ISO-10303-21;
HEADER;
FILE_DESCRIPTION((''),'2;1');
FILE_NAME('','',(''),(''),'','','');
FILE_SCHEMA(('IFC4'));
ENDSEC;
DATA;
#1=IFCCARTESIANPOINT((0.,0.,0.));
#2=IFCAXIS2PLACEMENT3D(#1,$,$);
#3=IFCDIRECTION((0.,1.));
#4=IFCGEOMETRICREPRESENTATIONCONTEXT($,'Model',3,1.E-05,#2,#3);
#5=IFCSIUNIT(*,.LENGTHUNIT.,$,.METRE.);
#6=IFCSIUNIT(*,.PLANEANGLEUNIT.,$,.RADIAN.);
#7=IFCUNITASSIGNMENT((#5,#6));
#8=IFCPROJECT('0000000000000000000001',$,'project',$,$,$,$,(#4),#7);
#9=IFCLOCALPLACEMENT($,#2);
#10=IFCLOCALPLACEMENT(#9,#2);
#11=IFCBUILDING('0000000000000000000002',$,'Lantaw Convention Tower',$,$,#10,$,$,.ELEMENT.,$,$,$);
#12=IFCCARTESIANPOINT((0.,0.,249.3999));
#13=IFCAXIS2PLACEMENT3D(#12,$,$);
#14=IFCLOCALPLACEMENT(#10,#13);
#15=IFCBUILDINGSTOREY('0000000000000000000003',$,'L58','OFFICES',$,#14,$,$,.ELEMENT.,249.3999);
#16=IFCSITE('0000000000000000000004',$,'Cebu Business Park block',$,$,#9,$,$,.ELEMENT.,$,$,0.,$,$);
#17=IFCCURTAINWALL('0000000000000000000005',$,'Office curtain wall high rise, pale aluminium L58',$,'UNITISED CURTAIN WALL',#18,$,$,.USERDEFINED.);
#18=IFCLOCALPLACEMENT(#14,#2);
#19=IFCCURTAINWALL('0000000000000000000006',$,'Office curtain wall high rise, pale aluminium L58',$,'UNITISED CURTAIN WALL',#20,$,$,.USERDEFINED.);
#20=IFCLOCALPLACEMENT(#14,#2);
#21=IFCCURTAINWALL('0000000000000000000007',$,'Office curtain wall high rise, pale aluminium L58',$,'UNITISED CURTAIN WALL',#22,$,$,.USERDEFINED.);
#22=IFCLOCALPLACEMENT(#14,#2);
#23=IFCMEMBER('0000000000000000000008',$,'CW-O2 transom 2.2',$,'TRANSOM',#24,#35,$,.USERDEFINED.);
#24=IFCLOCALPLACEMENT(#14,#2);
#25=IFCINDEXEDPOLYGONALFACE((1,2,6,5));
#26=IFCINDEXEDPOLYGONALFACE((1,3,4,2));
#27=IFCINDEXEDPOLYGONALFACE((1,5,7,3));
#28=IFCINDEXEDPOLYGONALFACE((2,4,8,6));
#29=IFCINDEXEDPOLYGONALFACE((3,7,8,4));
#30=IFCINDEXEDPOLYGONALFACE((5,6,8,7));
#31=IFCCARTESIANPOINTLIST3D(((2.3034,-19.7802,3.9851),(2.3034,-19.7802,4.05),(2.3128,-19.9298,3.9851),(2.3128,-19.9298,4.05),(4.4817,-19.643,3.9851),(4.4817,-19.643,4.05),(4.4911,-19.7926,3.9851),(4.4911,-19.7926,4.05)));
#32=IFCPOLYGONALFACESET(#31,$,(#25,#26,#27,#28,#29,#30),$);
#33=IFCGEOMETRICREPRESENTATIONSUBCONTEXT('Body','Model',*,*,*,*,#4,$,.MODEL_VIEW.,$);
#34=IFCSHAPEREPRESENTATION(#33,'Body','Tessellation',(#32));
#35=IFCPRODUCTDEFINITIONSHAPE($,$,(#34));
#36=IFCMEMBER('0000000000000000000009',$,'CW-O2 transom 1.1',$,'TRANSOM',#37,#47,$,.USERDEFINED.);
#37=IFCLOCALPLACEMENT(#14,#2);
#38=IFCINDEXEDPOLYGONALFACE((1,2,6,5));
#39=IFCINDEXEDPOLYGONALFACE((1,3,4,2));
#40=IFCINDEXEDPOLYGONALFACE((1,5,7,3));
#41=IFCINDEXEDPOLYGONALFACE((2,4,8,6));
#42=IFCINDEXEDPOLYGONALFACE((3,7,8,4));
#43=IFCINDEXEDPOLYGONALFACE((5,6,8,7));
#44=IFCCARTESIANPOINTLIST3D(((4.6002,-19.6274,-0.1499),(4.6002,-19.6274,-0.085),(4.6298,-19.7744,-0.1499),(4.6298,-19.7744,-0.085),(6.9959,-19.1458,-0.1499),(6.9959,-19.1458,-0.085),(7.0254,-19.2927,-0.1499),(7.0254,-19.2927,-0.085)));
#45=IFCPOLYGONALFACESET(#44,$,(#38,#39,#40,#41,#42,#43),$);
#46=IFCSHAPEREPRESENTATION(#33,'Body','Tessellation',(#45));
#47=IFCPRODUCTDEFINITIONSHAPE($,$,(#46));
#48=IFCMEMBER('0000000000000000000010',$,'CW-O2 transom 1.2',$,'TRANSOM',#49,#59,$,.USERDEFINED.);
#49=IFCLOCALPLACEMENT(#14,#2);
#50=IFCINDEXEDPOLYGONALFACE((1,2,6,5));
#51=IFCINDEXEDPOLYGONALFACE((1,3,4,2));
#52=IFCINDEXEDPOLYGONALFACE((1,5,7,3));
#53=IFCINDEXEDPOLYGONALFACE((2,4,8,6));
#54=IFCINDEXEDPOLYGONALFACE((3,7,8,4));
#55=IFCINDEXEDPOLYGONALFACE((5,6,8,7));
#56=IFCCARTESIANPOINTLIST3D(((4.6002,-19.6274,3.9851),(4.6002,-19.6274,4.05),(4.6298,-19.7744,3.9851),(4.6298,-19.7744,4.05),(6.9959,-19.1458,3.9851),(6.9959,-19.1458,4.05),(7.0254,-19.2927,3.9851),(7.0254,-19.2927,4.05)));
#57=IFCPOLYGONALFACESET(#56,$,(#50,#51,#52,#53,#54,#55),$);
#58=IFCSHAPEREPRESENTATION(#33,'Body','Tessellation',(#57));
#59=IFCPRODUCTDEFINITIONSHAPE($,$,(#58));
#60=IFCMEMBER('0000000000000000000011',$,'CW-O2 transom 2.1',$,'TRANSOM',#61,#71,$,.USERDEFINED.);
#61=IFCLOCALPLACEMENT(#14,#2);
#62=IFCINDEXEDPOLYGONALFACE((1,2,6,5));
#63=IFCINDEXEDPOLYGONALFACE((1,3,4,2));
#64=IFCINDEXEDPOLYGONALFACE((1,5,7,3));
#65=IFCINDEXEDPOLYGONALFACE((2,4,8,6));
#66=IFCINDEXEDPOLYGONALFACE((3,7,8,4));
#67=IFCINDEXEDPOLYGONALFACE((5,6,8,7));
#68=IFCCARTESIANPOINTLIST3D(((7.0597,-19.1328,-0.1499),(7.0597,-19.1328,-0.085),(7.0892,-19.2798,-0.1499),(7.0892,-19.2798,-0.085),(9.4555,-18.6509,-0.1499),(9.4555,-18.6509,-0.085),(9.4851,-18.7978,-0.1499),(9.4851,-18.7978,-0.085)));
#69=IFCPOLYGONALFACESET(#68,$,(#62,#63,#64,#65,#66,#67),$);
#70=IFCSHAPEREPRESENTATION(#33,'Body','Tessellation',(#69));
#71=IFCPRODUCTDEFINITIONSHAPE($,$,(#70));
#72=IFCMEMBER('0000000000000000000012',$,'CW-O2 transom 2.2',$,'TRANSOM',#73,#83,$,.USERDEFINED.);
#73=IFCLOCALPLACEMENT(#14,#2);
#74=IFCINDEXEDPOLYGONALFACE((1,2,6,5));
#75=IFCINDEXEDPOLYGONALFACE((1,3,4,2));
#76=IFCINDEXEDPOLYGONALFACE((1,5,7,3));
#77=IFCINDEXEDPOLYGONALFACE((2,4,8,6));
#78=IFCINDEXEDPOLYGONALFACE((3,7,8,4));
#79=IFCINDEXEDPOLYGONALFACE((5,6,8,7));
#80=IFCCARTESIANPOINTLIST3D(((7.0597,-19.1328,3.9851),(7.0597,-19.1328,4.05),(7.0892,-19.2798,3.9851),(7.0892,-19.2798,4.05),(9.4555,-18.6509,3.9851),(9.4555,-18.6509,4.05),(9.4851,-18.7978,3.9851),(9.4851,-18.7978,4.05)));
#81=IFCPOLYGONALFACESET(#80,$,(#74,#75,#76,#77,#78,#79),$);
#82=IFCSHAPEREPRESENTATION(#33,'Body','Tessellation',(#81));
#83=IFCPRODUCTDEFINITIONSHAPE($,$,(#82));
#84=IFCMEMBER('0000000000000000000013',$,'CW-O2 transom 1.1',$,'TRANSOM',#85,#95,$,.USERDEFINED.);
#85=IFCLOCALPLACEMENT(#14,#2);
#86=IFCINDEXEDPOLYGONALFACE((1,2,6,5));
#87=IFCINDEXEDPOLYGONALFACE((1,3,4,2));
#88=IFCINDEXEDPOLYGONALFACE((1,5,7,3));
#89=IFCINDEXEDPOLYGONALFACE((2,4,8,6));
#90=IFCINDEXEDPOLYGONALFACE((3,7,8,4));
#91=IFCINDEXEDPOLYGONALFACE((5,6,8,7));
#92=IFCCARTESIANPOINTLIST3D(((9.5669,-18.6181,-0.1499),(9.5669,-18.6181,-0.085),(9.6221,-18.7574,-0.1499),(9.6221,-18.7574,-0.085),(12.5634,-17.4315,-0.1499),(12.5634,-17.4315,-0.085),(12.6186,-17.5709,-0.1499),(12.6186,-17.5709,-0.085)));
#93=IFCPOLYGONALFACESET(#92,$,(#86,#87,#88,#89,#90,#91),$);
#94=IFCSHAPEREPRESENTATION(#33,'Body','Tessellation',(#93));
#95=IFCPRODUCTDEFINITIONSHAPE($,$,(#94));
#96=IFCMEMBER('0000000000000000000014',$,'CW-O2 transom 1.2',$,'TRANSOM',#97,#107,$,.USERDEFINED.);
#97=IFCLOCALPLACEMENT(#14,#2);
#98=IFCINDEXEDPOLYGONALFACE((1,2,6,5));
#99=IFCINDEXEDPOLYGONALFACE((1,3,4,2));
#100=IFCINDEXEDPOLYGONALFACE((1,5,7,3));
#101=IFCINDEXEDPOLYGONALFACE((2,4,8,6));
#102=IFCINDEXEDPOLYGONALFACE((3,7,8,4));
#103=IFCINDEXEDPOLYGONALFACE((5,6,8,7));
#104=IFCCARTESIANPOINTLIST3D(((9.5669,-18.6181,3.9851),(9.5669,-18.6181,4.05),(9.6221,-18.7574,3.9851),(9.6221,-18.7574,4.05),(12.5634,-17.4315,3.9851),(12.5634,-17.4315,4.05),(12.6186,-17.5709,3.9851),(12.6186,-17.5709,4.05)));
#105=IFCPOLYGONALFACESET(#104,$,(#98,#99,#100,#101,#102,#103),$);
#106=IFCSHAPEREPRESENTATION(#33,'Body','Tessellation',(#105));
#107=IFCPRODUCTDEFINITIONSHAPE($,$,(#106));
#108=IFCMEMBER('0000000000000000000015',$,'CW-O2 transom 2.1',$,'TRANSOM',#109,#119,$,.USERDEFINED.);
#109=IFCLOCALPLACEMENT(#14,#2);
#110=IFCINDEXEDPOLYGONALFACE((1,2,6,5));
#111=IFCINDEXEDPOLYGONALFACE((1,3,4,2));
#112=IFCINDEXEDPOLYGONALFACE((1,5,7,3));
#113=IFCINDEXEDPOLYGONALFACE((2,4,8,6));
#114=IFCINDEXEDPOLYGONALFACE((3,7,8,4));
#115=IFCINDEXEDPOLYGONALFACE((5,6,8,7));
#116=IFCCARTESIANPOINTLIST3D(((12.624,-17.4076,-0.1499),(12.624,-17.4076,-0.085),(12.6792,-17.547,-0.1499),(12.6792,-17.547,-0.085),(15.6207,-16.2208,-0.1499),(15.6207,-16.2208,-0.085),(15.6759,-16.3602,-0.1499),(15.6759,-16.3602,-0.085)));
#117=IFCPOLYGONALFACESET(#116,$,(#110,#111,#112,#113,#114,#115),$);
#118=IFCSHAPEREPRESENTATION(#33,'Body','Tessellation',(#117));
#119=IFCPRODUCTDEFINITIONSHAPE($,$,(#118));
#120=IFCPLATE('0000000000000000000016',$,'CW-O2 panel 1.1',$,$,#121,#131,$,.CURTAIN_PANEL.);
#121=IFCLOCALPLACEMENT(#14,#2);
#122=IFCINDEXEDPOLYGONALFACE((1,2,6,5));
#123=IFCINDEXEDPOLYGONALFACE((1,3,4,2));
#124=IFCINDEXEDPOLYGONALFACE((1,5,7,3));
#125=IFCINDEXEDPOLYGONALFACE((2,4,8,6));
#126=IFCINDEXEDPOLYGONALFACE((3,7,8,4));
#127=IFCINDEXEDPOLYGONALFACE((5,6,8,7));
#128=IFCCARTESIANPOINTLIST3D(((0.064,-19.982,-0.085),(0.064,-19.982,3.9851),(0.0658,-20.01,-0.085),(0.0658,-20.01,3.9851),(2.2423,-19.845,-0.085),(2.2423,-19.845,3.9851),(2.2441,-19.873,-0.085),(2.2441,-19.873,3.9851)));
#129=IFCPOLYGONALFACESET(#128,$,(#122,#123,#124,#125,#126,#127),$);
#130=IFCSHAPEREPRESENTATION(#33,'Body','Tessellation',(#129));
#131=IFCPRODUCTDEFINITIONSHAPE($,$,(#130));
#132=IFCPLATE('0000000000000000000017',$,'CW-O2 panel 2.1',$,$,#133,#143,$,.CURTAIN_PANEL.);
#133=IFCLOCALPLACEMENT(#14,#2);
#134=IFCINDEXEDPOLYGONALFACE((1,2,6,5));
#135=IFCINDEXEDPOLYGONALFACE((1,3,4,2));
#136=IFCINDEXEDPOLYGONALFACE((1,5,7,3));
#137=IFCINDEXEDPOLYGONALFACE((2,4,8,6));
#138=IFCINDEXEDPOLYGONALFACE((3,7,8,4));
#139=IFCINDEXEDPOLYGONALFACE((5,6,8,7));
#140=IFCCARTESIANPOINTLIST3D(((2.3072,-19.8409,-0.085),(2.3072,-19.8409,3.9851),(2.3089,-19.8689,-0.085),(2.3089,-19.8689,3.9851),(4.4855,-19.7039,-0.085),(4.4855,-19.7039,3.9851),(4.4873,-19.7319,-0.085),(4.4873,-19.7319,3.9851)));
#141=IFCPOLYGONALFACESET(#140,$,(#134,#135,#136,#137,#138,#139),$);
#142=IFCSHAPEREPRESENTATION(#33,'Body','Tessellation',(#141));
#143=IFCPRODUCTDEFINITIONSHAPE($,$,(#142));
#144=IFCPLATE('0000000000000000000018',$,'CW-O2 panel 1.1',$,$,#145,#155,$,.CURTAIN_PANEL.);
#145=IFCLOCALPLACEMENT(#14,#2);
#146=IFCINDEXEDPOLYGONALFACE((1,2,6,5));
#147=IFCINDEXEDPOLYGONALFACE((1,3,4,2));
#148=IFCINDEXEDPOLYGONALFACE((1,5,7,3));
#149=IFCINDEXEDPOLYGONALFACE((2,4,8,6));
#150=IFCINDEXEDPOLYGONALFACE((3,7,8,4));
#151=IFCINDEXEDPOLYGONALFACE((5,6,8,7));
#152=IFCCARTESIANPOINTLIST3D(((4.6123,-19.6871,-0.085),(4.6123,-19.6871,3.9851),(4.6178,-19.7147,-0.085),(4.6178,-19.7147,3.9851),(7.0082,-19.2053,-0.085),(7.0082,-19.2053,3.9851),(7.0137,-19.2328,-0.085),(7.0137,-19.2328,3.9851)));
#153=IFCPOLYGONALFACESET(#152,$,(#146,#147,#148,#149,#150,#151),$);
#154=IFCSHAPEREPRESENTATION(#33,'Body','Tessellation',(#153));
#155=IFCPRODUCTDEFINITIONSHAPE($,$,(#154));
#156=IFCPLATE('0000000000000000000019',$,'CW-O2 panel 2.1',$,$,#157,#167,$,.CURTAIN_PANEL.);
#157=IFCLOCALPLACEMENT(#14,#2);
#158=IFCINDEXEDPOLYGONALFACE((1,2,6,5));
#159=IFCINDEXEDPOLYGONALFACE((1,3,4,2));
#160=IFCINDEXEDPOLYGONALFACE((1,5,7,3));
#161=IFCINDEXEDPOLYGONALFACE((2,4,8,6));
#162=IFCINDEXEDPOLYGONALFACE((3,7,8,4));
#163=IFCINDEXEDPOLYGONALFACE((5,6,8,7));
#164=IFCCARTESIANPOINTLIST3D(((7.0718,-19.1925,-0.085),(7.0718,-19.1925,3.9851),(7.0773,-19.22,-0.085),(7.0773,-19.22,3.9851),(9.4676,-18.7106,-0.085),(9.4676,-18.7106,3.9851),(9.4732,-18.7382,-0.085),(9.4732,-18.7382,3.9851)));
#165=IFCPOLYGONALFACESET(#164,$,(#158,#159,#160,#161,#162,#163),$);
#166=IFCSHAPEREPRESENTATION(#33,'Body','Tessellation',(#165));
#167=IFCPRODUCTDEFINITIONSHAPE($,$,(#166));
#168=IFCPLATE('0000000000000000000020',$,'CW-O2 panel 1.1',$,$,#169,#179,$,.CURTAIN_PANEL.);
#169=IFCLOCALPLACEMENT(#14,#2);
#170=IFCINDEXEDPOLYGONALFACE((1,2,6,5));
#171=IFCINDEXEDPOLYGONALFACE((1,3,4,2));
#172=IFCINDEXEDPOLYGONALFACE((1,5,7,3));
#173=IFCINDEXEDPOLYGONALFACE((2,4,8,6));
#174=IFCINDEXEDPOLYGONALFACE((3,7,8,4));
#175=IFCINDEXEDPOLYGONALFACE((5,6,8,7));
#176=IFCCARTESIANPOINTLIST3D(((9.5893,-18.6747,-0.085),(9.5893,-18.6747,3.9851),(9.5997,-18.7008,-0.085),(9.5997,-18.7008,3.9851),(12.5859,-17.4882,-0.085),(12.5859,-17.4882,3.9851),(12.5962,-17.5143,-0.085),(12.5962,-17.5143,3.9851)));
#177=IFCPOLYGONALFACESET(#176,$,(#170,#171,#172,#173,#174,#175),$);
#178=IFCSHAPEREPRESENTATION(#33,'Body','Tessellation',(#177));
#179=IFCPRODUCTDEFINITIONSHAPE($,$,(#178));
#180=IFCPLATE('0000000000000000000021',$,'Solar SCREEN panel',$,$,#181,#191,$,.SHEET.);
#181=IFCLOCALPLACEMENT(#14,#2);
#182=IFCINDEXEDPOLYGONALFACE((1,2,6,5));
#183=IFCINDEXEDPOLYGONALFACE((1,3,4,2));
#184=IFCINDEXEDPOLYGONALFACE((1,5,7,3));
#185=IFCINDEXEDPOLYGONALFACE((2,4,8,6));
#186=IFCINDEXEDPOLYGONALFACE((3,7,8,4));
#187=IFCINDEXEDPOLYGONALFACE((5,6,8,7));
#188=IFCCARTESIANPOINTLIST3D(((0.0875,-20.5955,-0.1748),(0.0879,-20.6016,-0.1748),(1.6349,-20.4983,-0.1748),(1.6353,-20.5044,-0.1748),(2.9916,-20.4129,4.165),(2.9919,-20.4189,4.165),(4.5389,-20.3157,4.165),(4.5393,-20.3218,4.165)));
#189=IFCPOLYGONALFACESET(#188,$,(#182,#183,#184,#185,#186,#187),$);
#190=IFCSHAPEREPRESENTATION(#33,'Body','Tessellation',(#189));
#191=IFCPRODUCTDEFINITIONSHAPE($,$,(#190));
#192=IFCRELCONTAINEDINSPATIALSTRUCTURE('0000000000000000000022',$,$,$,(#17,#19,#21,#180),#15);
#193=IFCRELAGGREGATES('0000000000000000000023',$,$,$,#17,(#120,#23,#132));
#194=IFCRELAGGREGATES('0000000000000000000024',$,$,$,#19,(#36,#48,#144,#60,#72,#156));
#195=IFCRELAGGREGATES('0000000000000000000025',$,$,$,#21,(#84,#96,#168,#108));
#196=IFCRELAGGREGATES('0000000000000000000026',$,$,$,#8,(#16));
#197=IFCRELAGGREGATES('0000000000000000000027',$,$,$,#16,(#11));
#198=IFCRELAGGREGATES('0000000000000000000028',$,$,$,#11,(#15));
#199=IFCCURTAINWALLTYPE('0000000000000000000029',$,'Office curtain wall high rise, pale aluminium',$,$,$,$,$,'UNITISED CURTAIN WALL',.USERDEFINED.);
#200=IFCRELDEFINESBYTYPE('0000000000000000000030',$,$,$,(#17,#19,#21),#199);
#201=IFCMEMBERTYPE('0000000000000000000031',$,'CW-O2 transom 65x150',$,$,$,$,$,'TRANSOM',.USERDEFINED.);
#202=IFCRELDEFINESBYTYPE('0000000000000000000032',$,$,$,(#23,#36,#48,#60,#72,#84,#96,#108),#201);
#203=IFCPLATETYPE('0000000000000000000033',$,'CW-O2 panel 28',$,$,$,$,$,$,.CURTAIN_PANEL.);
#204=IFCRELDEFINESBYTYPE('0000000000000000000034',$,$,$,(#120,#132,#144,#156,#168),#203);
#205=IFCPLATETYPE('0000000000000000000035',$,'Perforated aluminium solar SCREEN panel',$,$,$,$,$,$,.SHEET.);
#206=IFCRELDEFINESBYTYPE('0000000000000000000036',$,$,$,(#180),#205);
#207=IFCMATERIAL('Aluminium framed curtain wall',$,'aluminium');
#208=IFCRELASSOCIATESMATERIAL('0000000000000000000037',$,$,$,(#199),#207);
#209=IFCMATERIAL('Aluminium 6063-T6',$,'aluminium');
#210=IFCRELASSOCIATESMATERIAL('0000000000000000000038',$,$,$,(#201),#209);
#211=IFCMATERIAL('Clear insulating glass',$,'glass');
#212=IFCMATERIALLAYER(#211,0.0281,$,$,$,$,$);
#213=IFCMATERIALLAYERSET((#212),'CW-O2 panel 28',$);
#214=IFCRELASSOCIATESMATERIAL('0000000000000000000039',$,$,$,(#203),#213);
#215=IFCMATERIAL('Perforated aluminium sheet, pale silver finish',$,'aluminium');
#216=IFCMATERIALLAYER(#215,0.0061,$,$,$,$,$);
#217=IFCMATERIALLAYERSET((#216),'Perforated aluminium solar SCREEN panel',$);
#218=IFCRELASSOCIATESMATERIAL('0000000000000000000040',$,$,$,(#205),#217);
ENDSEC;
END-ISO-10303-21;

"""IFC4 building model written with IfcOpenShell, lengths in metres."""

from ifc_helpers import new_model, si_unit, direction, frame, origin, origin_2d, place, context, subcontext, project, spatial, polyline, rectangle, outline, extrude, material, layer, layer_set, material_profile, profile_set, type_object, element, aggregate, save


model = new_model("IFC4")

# Units and contexts
model_context = context("Model", 3, precision=1e-05, world=origin(), true_north=direction((0.0, 1.0)))
body_context = subcontext(model_context, "Body", "Model", "MODEL_VIEW")
ifc_project = project(units=[si_unit("LENGTHUNIT", "METRE"), si_unit("PLANEANGLEUNIT", "RADIAN")], contexts=[model_context])

# Site, building, storey
site_placement = place(None, origin())
site = spatial("IfcSite", under=ifc_project, at=site_placement, Name="Cebu Business Park block", CompositionType="ELEMENT", RefElevation=0.0)
building_placement = place(site_placement, origin())
building = spatial("IfcBuilding", under=site, at=building_placement, Name="Lantaw Convention Tower", CompositionType="ELEMENT")
storey_placement = place(building_placement, frame((0.0, 0.0, 249.3999)))
storey = spatial("IfcBuildingStorey", under=building, at=storey_placement, Name="L58", Description="OFFICES", CompositionType="ELEMENT", Elevation=249.3999)

# Curtain walls
ifc_material_1 = material(Name="Aluminium framed curtain wall", Category="aluminium")
curtain_wall_type = type_object("IfcCurtainWallType", Name="Office curtain wall high rise, pale aluminium", ElementType="UNITISED CURTAIN WALL", PredefinedType="USERDEFINED", material=ifc_material_1)
curtain_wall_1_placement = place(storey_placement, origin())
curtain_wall_1 = element("IfcCurtainWall", 1, at=curtain_wall_1_placement, inside=storey, type_object=curtain_wall_type, Name="Office curtain wall high rise, pale aluminium L58", ObjectType="UNITISED CURTAIN WALL", PredefinedType="USERDEFINED")
ifc_material_2 = material(Name="Aluminium 6063-T6", Category="aluminium")
curtain_wall_2_placement = place(storey_placement, origin())
curtain_wall_2 = element("IfcCurtainWall", 2, at=curtain_wall_2_placement, inside=storey, type_object=curtain_wall_type, Name="Office curtain wall high rise, pale aluminium L58", ObjectType="UNITISED CURTAIN WALL", PredefinedType="USERDEFINED")
curtain_wall_3_placement = place(storey_placement, origin())
curtain_wall_3 = element("IfcCurtainWall", 3, at=curtain_wall_3_placement, inside=storey, type_object=curtain_wall_type, Name="Office curtain wall high rise, pale aluminium L58", ObjectType="UNITISED CURTAIN WALL", PredefinedType="USERDEFINED")

# Members
ifc_material_profile_1 = material_profile(ifc_material_2, rectangle(XDim=0.1499, YDim=0.0649, at=origin_2d()), Name="CW-O2 transom 65x150")
ifc_profile_set_1 = profile_set([ifc_material_profile_1], Name="Aluminium 6063-T6")
member_type_1 = type_object("IfcMemberType", Name="CW-O2 transom 65x150", ElementType="TRANSOM", PredefinedType="USERDEFINED", material=ifc_profile_set_1)
member_1_placement = place(storey_placement, frame((2.3081, -19.855, 4.0176), z_axis=(0.998022, 0.062866, 0.0), x_axis=(-0.062866, 0.998022, 0.0)))
member_1 = element("IfcMember", 4, at=member_1_placement, type_object=member_type_1, Name="CW-O2 transom 2.2", ObjectType="TRANSOM", PredefinedType="USERDEFINED", context=body_context, shape_type="SweptSolid", body=[
    extrude(rectangle(XDim=0.1499, YDim=0.0649, at=origin_2d()), origin(), (0.0, 0.0, 1.0), 2.1826),
])
member_2_placement = place(storey_placement, frame((4.615, -19.7009, -0.1174), z_axis=(0.98038, 0.197115, 0.0), x_axis=(-0.197115, 0.98038, 0.0)))
member_2 = element("IfcMember", 5, at=member_2_placement, type_object=member_type_1, Name="CW-O2 transom 1.1", ObjectType="TRANSOM", PredefinedType="USERDEFINED", context=body_context, shape_type="SweptSolid", body=[
    extrude(rectangle(XDim=0.1499, YDim=0.0649, at=origin_2d()), origin(), (0.0, 0.0, 1.0), 2.4436),
])
member_3_placement = place(storey_placement, frame((4.615, -19.7009, 4.0176), z_axis=(0.98038, 0.197115, 0.0), x_axis=(-0.197115, 0.98038, 0.0)))
member_3 = element("IfcMember", 6, at=member_3_placement, type_object=member_type_1, Name="CW-O2 transom 1.2", ObjectType="TRANSOM", PredefinedType="USERDEFINED", context=body_context, shape_type="SweptSolid", body=[
    extrude(rectangle(XDim=0.1499, YDim=0.0649, at=origin_2d()), origin(), (0.0, 0.0, 1.0), 2.4436),
])
member_4_placement = place(storey_placement, frame((7.0745, -19.2063, -0.1174), z_axis=(0.980361, 0.197211, 0.0), x_axis=(-0.197211, 0.980361, 0.0)))
member_4 = element("IfcMember", 7, at=member_4_placement, type_object=member_type_1, Name="CW-O2 transom 2.1", ObjectType="TRANSOM", PredefinedType="USERDEFINED", context=body_context, shape_type="SweptSolid", body=[
    extrude(rectangle(XDim=0.1499, YDim=0.0649, at=origin_2d()), origin(), (0.0, 0.0, 1.0), 2.4438),
])
member_5_placement = place(storey_placement, frame((7.0745, -19.2063, 4.0176), z_axis=(0.980361, 0.197211, 0.0), x_axis=(-0.197211, 0.980361, 0.0)))
member_5 = element("IfcMember", 8, at=member_5_placement, type_object=member_type_1, Name="CW-O2 transom 2.2", ObjectType="TRANSOM", PredefinedType="USERDEFINED", context=body_context, shape_type="SweptSolid", body=[
    extrude(rectangle(XDim=0.1499, YDim=0.0649, at=origin_2d()), origin(), (0.0, 0.0, 1.0), 2.4438),
])
member_6_placement = place(storey_placement, frame((9.5945, -18.6877, -0.1174), z_axis=(0.929767, 0.368149, 0.0), x_axis=(-0.368149, 0.929767, 0.0)))
member_6 = element("IfcMember", 9, at=member_6_placement, type_object=member_type_1, Name="CW-O2 transom 1.1", ObjectType="TRANSOM", PredefinedType="USERDEFINED", context=body_context, shape_type="SweptSolid", body=[
    extrude(rectangle(XDim=0.1499, YDim=0.0649, at=origin_2d()), origin(), (0.0, 0.0, 1.0), 3.2229),
])
member_7_placement = place(storey_placement, frame((9.5945, -18.6877, 4.0176), z_axis=(0.929767, 0.368149, 0.0), x_axis=(-0.368149, 0.929767, 0.0)))
member_7 = element("IfcMember", 10, at=member_7_placement, type_object=member_type_1, Name="CW-O2 transom 1.2", ObjectType="TRANSOM", PredefinedType="USERDEFINED", context=body_context, shape_type="SweptSolid", body=[
    extrude(rectangle(XDim=0.1499, YDim=0.0649, at=origin_2d()), origin(), (0.0, 0.0, 1.0), 3.2229),
])
member_8_placement = place(storey_placement, frame((12.6516, -17.4773, -0.1174), z_axis=(0.929741, 0.368215, 0.0), x_axis=(-0.368215, 0.929741, 0.0)))
member_8 = element("IfcMember", 11, at=member_8_placement, type_object=member_type_1, Name="CW-O2 transom 2.1", ObjectType="TRANSOM", PredefinedType="USERDEFINED", context=body_context, shape_type="SweptSolid", body=[
    extrude(rectangle(XDim=0.1499, YDim=0.0649, at=origin_2d()), origin(), (0.0, 0.0, 1.0), 3.2231),
])

# Plates
ifc_material_3 = material(Name="Clear insulating glass", Category="glass")
ifc_layer_1 = layer(ifc_material_3, 0.0281)
ifc_layer_set_1 = layer_set([ifc_layer_1], Name="CW-O2 panel 28")
plate_type_1 = type_object("IfcPlateType", Name="CW-O2 panel 28", PredefinedType="CURTAIN_PANEL", material=ifc_layer_set_1)
plate_1_placement = place(storey_placement, frame((1.1541, -19.9275, -0.085), z_axis=(0.0, 0.0, 1.0), x_axis=(0.998029, 0.062758, 0.0)))
plate_1 = element("IfcPlate", 12, at=plate_1_placement, type_object=plate_type_1, Name="CW-O2 panel 1.1", PredefinedType="CURTAIN_PANEL", context=body_context, shape_type="SweptSolid", body=[
    extrude(rectangle(XDim=2.1826, YDim=0.0281, at=origin_2d()), origin(), (0.0, 0.0, 1.0), 4.0701),
])
plate_2_placement = place(storey_placement, frame((3.3972, -19.7864, -0.085), z_axis=(0.0, 0.0, 1.0), x_axis=(0.998029, 0.062758, 0.0)))
plate_2 = element("IfcPlate", 13, at=plate_2_placement, type_object=plate_type_1, Name="CW-O2 panel 2.1", PredefinedType="CURTAIN_PANEL", context=body_context, shape_type="SweptSolid", body=[
    extrude(rectangle(XDim=2.1826, YDim=0.0281, at=origin_2d()), origin(), (0.0, 0.0, 1.0), 4.0701),
])
aggregate(curtain_wall_1, [plate_1, member_1, plate_2])
plate_3_placement = place(storey_placement, frame((5.813, -19.46, -0.085), z_axis=(0.0, 0.0, 1.0), x_axis=(0.980367, 0.197183, 0.0)))
plate_3 = element("IfcPlate", 14, at=plate_3_placement, type_object=plate_type_1, Name="CW-O2 panel 1.1", PredefinedType="CURTAIN_PANEL", context=body_context, shape_type="SweptSolid", body=[
    extrude(rectangle(XDim=2.4438, YDim=0.0281, at=origin_2d()), origin(), (0.0, 0.0, 1.0), 4.0701),
])
plate_4_placement = place(storey_placement, frame((8.2725, -18.9653, -0.085), z_axis=(0.0, 0.0, 1.0), x_axis=(0.980367, 0.197183, 0.0)))
plate_4 = element("IfcPlate", 15, at=plate_4_placement, type_object=plate_type_1, Name="CW-O2 panel 2.1", PredefinedType="CURTAIN_PANEL", context=body_context, shape_type="SweptSolid", body=[
    extrude(rectangle(XDim=2.4438, YDim=0.0281, at=origin_2d()), origin(), (0.0, 0.0, 1.0), 4.0701),
])
aggregate(curtain_wall_2, [member_2, member_3, plate_3, member_4, member_5, plate_4])
plate_5_placement = place(storey_placement, frame((11.0928, -18.0945, -0.085), z_axis=(0.0, 0.0, 1.0), x_axis=(0.929762, 0.368162, 0.0)))
plate_5 = element("IfcPlate", 16, at=plate_5_placement, type_object=plate_type_1, Name="CW-O2 panel 1.1", PredefinedType="CURTAIN_PANEL", context=body_context, shape_type="SweptSolid", body=[
    extrude(rectangle(XDim=3.2229, YDim=0.0281, at=origin_2d()), origin(), (0.0, 0.0, 1.0), 4.0701),
])
aggregate(curtain_wall_3, [member_6, member_7, plate_5, member_8])

# Plate
ifc_material_4 = material(Name="Perforated aluminium sheet, pale silver finish", Category="aluminium")
ifc_layer_2 = layer(ifc_material_4, 0.0061)
ifc_layer_set_2 = layer_set([ifc_layer_2], Name="Perforated aluminium solar SCREEN panel")
plate_type_2 = type_object("IfcPlateType", Name="Perforated aluminium solar SCREEN panel", PredefinedType="SHEET", material=ifc_layer_set_2)
plate_6_placement = place(storey_placement, frame((0.0879, -20.6016, -0.1748), z_axis=(0.062672, -0.998034, 0.000059), x_axis=(0.998034, 0.062672, 0.0)))
element("IfcPlate", 17, at=plate_6_placement, inside=storey, type_object=plate_type_2, Name="Solar SCREEN panel", PredefinedType="SHEET", context=body_context, shape_type="SweptSolid", body=[
    extrude(outline(polyline([(0.0, 0.0), (1.5504, 0.0), (4.4602, 4.3398), (2.9098, 4.3398), (0.0, 0.0)])), origin(), (0.0, 0.0, -1.0), 0.0061),
])

save(model, "model.ifc")
